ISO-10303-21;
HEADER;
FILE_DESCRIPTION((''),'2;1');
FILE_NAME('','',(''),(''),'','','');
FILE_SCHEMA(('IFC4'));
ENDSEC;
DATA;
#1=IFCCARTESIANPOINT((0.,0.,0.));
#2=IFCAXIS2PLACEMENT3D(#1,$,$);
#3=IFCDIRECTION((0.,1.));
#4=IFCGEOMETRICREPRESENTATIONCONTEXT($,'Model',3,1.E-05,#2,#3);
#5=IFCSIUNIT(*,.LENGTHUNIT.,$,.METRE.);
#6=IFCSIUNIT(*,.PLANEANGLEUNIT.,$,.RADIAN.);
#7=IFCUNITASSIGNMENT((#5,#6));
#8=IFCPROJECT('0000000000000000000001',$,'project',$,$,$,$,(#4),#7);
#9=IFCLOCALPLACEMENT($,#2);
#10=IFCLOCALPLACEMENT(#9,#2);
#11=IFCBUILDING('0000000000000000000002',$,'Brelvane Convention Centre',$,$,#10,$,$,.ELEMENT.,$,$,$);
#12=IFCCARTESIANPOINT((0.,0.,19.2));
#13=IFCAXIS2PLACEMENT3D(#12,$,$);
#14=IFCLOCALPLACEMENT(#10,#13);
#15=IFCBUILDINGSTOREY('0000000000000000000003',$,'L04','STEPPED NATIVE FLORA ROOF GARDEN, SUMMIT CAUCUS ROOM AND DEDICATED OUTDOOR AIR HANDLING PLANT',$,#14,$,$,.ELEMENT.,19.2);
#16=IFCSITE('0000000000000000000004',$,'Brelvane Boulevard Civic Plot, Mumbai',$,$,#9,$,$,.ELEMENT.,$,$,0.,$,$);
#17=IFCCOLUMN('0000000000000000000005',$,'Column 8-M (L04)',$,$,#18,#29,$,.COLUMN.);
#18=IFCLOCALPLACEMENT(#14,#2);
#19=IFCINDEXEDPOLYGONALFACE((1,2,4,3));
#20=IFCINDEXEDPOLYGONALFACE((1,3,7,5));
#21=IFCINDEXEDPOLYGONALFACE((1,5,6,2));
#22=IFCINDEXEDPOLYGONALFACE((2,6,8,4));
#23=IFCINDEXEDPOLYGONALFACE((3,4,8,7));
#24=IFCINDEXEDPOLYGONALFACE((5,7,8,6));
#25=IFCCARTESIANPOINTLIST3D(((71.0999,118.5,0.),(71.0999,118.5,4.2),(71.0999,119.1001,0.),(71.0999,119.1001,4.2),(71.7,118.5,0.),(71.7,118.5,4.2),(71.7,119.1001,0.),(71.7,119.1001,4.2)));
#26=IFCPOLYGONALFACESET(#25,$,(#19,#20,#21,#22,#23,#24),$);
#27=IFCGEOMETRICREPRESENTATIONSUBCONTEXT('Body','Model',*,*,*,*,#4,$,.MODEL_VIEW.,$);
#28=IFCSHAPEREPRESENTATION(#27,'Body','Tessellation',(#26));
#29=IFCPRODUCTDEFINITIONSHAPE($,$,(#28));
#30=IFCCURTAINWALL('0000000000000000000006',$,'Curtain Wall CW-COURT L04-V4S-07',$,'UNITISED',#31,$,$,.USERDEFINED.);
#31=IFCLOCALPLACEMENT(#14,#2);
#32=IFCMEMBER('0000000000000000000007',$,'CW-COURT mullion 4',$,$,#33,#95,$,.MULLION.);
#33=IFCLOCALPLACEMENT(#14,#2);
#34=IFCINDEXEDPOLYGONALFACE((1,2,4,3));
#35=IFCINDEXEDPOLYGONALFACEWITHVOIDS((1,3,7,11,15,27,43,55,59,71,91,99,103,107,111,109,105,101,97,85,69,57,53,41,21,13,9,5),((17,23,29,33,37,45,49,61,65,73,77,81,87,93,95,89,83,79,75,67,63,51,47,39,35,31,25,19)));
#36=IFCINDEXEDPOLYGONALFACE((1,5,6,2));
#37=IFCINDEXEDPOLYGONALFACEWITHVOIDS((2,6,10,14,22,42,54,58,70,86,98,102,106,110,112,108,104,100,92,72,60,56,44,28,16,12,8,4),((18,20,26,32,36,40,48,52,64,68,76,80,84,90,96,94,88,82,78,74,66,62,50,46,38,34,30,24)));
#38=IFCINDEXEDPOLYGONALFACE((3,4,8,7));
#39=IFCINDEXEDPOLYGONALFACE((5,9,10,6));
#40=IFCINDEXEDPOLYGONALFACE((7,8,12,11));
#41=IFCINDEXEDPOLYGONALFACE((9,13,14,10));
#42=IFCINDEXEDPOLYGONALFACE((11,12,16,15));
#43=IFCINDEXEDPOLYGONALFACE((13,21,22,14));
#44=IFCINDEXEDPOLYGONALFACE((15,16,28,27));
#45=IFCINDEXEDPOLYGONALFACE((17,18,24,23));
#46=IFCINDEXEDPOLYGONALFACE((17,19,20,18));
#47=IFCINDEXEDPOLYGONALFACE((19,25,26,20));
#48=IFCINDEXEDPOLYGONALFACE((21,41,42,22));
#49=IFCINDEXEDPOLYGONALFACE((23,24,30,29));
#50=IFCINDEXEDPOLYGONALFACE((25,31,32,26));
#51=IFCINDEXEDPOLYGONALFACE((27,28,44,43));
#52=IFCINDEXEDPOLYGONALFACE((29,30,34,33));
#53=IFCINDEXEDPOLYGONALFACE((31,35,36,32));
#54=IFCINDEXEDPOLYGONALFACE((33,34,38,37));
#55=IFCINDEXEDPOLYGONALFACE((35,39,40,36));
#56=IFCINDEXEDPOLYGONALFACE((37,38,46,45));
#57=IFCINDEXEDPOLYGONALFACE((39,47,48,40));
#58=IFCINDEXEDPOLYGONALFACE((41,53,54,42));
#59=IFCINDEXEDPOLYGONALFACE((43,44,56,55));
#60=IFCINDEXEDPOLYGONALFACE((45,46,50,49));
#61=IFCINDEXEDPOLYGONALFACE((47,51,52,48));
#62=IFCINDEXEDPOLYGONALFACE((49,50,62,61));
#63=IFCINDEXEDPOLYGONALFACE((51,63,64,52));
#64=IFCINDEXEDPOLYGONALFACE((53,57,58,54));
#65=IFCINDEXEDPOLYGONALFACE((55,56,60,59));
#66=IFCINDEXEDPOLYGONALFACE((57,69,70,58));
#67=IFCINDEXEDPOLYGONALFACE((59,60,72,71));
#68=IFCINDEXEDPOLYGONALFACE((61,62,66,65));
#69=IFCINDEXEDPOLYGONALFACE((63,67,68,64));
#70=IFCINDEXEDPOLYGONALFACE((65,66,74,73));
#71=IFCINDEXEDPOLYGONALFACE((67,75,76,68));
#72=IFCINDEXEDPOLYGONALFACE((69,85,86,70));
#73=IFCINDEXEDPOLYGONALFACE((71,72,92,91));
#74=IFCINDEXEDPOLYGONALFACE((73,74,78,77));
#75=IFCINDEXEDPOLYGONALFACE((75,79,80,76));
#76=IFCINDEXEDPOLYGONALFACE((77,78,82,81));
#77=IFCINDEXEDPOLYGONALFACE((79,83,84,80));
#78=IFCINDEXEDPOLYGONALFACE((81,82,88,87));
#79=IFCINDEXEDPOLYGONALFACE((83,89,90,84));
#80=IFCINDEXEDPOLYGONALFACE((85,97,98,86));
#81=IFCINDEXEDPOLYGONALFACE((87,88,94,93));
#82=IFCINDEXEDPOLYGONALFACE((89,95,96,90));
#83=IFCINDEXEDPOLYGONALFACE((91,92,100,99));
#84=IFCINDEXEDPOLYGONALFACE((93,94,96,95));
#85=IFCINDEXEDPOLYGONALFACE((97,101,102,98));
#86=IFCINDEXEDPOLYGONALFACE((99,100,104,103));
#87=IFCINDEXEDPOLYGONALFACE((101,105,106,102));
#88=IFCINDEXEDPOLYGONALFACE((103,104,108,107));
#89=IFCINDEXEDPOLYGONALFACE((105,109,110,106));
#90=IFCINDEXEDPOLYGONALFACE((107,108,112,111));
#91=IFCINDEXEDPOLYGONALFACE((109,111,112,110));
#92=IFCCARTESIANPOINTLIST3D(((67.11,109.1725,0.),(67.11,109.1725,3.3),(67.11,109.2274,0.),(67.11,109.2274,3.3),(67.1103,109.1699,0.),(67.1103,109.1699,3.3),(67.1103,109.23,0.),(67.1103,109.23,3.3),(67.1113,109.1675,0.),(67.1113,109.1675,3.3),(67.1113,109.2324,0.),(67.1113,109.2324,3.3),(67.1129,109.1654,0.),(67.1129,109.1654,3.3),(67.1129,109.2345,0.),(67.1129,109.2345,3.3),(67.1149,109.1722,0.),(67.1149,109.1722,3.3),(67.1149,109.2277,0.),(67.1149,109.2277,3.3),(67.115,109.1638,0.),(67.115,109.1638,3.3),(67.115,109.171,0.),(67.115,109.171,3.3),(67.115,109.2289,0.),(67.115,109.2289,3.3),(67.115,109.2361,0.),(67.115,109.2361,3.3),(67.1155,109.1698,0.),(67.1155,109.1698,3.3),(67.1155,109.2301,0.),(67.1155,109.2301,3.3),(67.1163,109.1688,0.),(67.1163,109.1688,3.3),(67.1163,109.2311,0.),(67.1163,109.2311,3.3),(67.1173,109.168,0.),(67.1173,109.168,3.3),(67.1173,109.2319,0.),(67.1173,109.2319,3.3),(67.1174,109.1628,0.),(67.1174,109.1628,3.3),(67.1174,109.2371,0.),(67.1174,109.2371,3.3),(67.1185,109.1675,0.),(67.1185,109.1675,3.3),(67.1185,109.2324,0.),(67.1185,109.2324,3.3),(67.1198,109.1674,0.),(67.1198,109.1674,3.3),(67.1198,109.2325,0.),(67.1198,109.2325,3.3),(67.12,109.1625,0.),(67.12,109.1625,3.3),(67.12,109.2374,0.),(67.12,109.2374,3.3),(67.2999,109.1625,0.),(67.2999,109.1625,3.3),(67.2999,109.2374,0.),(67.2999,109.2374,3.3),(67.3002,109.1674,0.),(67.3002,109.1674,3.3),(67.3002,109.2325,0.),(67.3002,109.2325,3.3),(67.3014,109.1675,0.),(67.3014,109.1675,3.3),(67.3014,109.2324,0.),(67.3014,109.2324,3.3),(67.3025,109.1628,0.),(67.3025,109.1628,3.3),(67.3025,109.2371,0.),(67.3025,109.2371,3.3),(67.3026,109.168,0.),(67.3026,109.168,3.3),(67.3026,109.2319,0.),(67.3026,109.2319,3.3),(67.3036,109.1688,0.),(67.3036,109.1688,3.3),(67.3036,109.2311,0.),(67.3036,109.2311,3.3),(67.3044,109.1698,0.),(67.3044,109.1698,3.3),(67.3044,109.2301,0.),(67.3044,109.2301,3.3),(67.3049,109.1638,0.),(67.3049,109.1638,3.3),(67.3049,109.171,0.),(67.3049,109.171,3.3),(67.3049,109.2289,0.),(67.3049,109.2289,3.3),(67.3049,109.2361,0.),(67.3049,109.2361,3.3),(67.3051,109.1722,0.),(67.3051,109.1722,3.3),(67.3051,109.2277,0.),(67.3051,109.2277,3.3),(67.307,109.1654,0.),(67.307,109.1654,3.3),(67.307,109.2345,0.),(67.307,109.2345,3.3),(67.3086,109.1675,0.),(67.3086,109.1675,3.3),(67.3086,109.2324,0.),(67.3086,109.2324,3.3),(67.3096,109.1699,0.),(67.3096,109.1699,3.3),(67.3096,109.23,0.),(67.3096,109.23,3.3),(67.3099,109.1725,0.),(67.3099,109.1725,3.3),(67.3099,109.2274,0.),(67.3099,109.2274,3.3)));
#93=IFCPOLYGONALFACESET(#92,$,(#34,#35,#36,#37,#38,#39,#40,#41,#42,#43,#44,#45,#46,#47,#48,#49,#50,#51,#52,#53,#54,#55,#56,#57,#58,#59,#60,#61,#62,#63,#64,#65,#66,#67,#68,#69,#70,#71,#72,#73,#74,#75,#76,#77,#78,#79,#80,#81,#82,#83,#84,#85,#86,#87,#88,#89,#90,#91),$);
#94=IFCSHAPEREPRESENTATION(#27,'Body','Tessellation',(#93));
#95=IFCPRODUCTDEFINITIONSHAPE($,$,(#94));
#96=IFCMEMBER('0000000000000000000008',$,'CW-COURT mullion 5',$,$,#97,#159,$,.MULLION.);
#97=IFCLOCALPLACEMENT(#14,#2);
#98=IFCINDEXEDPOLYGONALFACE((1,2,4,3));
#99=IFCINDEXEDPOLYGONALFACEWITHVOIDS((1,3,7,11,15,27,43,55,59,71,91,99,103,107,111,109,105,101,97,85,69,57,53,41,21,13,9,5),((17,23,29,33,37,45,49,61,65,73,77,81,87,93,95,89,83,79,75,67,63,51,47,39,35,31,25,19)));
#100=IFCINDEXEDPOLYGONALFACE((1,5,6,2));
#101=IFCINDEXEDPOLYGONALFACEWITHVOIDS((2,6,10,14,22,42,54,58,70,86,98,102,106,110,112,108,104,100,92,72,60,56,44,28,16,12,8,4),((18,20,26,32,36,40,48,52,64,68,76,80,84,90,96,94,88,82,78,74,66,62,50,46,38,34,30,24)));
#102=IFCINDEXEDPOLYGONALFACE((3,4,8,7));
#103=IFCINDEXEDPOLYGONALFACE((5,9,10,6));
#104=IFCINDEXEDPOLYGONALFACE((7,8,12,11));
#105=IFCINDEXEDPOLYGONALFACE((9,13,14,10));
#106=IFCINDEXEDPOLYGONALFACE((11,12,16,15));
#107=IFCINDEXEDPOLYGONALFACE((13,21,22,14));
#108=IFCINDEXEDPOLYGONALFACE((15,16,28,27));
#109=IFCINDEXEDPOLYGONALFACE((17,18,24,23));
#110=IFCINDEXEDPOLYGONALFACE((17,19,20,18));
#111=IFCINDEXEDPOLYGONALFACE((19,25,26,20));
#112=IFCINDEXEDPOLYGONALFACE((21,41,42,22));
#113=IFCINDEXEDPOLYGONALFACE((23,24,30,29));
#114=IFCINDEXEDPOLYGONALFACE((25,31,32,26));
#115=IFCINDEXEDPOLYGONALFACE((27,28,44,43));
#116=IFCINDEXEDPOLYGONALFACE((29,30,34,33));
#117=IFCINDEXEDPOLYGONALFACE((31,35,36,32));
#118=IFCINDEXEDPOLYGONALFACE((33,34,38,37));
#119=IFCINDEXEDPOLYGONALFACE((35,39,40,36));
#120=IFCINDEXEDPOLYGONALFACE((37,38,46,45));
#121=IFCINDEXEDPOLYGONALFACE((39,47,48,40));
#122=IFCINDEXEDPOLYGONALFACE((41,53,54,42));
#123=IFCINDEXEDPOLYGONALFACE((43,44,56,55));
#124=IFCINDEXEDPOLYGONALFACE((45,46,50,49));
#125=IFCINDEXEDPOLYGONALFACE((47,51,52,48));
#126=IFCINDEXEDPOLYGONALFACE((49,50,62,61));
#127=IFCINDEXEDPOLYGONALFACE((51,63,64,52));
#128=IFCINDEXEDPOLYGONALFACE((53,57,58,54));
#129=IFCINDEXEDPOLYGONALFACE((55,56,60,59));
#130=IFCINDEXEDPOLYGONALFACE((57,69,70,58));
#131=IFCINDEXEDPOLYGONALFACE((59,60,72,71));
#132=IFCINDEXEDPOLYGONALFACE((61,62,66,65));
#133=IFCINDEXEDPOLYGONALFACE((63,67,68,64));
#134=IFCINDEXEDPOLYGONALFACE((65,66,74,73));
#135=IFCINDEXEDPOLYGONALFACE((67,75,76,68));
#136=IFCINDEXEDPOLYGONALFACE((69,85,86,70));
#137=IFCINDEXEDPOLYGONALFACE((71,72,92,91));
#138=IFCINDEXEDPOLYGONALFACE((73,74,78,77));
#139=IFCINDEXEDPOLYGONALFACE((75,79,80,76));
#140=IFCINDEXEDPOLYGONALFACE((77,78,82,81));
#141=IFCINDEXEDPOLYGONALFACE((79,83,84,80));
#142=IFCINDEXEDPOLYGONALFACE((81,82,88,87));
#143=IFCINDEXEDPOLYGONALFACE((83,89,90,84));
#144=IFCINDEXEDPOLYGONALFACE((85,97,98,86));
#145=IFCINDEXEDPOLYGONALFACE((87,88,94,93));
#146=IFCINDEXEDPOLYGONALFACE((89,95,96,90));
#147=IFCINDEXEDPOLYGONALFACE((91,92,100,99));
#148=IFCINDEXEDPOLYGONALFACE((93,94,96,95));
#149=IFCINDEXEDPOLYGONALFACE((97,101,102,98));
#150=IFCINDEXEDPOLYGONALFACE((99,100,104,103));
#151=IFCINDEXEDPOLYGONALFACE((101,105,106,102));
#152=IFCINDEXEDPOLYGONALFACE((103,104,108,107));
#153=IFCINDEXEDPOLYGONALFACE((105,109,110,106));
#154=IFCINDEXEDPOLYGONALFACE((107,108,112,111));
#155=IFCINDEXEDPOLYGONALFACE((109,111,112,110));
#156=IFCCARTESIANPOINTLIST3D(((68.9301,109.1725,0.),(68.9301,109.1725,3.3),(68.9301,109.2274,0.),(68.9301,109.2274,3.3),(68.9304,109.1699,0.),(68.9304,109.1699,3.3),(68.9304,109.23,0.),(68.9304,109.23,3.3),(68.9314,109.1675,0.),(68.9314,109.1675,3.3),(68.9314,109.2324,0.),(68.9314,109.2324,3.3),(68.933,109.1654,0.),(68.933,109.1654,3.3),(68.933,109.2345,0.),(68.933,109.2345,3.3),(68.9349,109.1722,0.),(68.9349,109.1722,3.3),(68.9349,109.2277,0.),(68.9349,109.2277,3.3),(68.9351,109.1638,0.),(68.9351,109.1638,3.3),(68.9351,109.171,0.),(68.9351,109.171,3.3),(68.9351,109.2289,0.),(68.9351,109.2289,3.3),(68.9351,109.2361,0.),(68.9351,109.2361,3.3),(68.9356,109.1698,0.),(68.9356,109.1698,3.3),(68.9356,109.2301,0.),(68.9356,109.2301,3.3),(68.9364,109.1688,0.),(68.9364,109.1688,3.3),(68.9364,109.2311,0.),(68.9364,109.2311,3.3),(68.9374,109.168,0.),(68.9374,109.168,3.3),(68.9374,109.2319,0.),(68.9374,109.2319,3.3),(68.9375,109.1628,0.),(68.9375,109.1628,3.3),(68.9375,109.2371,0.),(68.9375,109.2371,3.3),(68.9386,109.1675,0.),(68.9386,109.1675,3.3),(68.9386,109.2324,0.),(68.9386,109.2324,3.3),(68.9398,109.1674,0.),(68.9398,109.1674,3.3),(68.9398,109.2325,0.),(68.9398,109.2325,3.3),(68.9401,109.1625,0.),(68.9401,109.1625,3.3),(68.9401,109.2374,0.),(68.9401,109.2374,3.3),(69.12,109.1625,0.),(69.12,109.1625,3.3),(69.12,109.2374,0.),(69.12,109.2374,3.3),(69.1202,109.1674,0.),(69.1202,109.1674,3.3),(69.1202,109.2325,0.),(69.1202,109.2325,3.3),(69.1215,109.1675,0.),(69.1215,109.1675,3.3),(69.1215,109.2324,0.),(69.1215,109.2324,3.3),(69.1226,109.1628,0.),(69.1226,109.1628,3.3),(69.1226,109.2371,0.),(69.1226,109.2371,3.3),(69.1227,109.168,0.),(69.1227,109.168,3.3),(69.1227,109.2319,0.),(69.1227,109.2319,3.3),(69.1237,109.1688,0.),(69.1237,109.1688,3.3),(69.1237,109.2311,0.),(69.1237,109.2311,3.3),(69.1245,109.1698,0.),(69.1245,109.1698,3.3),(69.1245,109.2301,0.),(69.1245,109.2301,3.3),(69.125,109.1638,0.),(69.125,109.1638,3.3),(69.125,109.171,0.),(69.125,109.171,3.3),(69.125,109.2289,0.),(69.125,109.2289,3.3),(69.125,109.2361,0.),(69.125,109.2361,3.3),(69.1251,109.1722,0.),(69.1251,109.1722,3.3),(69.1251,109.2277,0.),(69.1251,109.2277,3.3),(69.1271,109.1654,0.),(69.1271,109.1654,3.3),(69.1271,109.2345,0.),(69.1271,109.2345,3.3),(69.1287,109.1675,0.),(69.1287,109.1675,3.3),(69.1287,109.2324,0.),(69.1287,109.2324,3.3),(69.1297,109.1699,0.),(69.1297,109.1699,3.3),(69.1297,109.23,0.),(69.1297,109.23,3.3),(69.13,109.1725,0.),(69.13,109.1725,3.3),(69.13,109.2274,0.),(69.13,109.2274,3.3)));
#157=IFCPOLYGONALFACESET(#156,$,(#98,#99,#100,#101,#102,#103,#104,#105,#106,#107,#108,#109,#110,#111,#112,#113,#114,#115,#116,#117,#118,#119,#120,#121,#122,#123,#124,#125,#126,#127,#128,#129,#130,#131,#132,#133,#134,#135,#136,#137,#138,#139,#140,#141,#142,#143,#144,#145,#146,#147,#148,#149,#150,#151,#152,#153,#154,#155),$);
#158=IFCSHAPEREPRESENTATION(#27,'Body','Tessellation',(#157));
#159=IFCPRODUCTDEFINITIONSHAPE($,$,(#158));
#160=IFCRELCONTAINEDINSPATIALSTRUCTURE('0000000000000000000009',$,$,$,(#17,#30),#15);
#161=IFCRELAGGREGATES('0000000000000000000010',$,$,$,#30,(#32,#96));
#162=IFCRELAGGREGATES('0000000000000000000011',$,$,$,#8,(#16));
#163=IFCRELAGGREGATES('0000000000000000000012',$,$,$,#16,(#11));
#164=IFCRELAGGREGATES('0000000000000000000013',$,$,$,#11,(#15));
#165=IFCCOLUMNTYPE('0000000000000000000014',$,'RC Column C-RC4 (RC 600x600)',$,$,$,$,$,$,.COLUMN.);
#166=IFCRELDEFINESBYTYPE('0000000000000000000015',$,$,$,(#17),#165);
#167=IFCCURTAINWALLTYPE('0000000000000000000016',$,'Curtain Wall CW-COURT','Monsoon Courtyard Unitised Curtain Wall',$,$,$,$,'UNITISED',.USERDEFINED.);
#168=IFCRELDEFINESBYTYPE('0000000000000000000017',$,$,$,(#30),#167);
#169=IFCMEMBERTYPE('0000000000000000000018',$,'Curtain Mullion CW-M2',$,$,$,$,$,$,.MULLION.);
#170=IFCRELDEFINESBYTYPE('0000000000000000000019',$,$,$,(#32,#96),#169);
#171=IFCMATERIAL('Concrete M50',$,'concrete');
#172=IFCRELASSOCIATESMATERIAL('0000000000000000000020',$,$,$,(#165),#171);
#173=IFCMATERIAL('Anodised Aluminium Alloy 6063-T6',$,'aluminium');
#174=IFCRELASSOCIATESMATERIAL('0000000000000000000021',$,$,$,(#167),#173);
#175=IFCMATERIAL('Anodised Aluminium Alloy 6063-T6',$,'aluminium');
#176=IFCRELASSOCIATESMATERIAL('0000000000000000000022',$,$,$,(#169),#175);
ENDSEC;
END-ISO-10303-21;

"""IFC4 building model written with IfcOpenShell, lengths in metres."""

from ifc_helpers import new_model, si_unit, direction, frame, origin, origin_2d, place, context, subcontext, project, spatial, rectangle, hollow_rectangle, extrude, material, material_profile, profile_set, type_object, element, aggregate, save


model = new_model("IFC4")

# Units and contexts
model_context = context("Model", 3, precision=1e-05, world=origin(), true_north=direction((0.0, 1.0)))
body_context = subcontext(model_context, "Body", "Model", "MODEL_VIEW")
ifc_project = project(units=[si_unit("LENGTHUNIT", "METRE"), si_unit("PLANEANGLEUNIT", "RADIAN")], contexts=[model_context])

# Site, building, storey
site_placement = place(None, origin())
site = spatial("IfcSite", under=ifc_project, at=site_placement, Name="Brelvane Boulevard Civic Plot, Mumbai", CompositionType="ELEMENT", RefElevation=0.0)
building_placement = place(site_placement, origin())
building = spatial("IfcBuilding", under=site, at=building_placement, Name="Brelvane Convention Centre", CompositionType="ELEMENT")
storey_placement = place(building_placement, frame((0.0, 0.0, 19.2)))
storey = spatial("IfcBuildingStorey", under=building, at=storey_placement, Name="L04", Description="STEPPED NATIVE FLORA ROOF GARDEN, SUMMIT CAUCUS ROOM AND DEDICATED OUTDOOR AIR HANDLING PLANT", CompositionType="ELEMENT", Elevation=19.2)

# Column
ifc_material_1 = material(Name="Concrete M50", Category="concrete")
ifc_material_profile_1 = material_profile(ifc_material_1, rectangle(XDim=0.6001, YDim=0.6001, at=origin_2d()), Name="RC 600x600")
ifc_profile_set_1 = profile_set([ifc_material_profile_1], Name="Concrete M50")
column_type = type_object("IfcColumnType", Name="RC Column C-RC4 (RC 600x600)", PredefinedType="COLUMN", material=ifc_profile_set_1)
column_placement = place(storey_placement, frame((71.3999, 118.8, 0.0), z_axis=(0.0, 0.0, 1.0), x_axis=(1.0, 0.0, 0.0)))
element("IfcColumn", 1, at=column_placement, inside=storey, type_object=column_type, Name="Column 8-M (L04)", PredefinedType="COLUMN", context=body_context, shape_type="SweptSolid", body=[
    extrude(rectangle(XDim=0.6001, YDim=0.6001, at=origin_2d()), origin(), (0.0, 0.0, 1.0), 4.2),
])

# Curtain wall, members
ifc_material_2 = material(Name="Anodised Aluminium Alloy 6063-T6", Category="aluminium")
curtain_wall_type = type_object("IfcCurtainWallType", Name="Curtain Wall CW-COURT", Description="Monsoon Courtyard Unitised Curtain Wall", ElementType="UNITISED", PredefinedType="USERDEFINED", material=ifc_material_2)
curtain_wall_placement = place(storey_placement, origin())
curtain_wall = element("IfcCurtainWall", 2, at=curtain_wall_placement, inside=storey, type_object=curtain_wall_type, Name="Curtain Wall CW-COURT L04-V4S-07", ObjectType="UNITISED", PredefinedType="USERDEFINED")
ifc_material_3 = material(Name="Anodised Aluminium Alloy 6063-T6", Category="aluminium")
ifc_material_profile_2 = material_profile(ifc_material_3, hollow_rectangle(XDim=0.075, YDim=0.2, WallThickness=0.0049, InnerFilletRadius=0.0049, OuterFilletRadius=0.01, at=origin_2d()), Name="ALU-M 200x75x5.0")
ifc_profile_set_2 = profile_set([ifc_material_profile_2], Name="Anodised Aluminium Alloy 6063-T6")
member_type_1 = type_object("IfcMemberType", Name="Curtain Mullion CW-M2", PredefinedType="MULLION", material=ifc_profile_set_2)
member_1_placement = place(storey_placement, frame((67.21, 109.2, 0.0), z_axis=(0.0, 0.0, 1.0), x_axis=(0.0, 1.0, 0.0)))
member_1 = element("IfcMember", 3, at=member_1_placement, type_object=member_type_1, Name="CW-COURT mullion 4", PredefinedType="MULLION", context=body_context, shape_type="SweptSolid", body=[
    extrude(hollow_rectangle(XDim=0.075, YDim=0.2, WallThickness=0.0049, InnerFilletRadius=0.0049, OuterFilletRadius=0.01, at=origin_2d()), origin(), (0.0, 0.0, 1.0), 3.3),
])
member_2_placement = place(storey_placement, frame((69.03, 109.2, 0.0), z_axis=(0.0, 0.0, 1.0), x_axis=(0.0, 1.0, 0.0)))
member_2 = element("IfcMember", 4, at=member_2_placement, type_object=member_type_1, Name="CW-COURT mullion 5", PredefinedType="MULLION", context=body_context, shape_type="SweptSolid", body=[
    extrude(hollow_rectangle(XDim=0.075, YDim=0.2, WallThickness=0.0049, InnerFilletRadius=0.0049, OuterFilletRadius=0.01, at=origin_2d()), origin(), (0.0, 0.0, 1.0), 3.3),
])

aggregate(curtain_wall, [member_1, member_2])

save(model, "model.ifc")
